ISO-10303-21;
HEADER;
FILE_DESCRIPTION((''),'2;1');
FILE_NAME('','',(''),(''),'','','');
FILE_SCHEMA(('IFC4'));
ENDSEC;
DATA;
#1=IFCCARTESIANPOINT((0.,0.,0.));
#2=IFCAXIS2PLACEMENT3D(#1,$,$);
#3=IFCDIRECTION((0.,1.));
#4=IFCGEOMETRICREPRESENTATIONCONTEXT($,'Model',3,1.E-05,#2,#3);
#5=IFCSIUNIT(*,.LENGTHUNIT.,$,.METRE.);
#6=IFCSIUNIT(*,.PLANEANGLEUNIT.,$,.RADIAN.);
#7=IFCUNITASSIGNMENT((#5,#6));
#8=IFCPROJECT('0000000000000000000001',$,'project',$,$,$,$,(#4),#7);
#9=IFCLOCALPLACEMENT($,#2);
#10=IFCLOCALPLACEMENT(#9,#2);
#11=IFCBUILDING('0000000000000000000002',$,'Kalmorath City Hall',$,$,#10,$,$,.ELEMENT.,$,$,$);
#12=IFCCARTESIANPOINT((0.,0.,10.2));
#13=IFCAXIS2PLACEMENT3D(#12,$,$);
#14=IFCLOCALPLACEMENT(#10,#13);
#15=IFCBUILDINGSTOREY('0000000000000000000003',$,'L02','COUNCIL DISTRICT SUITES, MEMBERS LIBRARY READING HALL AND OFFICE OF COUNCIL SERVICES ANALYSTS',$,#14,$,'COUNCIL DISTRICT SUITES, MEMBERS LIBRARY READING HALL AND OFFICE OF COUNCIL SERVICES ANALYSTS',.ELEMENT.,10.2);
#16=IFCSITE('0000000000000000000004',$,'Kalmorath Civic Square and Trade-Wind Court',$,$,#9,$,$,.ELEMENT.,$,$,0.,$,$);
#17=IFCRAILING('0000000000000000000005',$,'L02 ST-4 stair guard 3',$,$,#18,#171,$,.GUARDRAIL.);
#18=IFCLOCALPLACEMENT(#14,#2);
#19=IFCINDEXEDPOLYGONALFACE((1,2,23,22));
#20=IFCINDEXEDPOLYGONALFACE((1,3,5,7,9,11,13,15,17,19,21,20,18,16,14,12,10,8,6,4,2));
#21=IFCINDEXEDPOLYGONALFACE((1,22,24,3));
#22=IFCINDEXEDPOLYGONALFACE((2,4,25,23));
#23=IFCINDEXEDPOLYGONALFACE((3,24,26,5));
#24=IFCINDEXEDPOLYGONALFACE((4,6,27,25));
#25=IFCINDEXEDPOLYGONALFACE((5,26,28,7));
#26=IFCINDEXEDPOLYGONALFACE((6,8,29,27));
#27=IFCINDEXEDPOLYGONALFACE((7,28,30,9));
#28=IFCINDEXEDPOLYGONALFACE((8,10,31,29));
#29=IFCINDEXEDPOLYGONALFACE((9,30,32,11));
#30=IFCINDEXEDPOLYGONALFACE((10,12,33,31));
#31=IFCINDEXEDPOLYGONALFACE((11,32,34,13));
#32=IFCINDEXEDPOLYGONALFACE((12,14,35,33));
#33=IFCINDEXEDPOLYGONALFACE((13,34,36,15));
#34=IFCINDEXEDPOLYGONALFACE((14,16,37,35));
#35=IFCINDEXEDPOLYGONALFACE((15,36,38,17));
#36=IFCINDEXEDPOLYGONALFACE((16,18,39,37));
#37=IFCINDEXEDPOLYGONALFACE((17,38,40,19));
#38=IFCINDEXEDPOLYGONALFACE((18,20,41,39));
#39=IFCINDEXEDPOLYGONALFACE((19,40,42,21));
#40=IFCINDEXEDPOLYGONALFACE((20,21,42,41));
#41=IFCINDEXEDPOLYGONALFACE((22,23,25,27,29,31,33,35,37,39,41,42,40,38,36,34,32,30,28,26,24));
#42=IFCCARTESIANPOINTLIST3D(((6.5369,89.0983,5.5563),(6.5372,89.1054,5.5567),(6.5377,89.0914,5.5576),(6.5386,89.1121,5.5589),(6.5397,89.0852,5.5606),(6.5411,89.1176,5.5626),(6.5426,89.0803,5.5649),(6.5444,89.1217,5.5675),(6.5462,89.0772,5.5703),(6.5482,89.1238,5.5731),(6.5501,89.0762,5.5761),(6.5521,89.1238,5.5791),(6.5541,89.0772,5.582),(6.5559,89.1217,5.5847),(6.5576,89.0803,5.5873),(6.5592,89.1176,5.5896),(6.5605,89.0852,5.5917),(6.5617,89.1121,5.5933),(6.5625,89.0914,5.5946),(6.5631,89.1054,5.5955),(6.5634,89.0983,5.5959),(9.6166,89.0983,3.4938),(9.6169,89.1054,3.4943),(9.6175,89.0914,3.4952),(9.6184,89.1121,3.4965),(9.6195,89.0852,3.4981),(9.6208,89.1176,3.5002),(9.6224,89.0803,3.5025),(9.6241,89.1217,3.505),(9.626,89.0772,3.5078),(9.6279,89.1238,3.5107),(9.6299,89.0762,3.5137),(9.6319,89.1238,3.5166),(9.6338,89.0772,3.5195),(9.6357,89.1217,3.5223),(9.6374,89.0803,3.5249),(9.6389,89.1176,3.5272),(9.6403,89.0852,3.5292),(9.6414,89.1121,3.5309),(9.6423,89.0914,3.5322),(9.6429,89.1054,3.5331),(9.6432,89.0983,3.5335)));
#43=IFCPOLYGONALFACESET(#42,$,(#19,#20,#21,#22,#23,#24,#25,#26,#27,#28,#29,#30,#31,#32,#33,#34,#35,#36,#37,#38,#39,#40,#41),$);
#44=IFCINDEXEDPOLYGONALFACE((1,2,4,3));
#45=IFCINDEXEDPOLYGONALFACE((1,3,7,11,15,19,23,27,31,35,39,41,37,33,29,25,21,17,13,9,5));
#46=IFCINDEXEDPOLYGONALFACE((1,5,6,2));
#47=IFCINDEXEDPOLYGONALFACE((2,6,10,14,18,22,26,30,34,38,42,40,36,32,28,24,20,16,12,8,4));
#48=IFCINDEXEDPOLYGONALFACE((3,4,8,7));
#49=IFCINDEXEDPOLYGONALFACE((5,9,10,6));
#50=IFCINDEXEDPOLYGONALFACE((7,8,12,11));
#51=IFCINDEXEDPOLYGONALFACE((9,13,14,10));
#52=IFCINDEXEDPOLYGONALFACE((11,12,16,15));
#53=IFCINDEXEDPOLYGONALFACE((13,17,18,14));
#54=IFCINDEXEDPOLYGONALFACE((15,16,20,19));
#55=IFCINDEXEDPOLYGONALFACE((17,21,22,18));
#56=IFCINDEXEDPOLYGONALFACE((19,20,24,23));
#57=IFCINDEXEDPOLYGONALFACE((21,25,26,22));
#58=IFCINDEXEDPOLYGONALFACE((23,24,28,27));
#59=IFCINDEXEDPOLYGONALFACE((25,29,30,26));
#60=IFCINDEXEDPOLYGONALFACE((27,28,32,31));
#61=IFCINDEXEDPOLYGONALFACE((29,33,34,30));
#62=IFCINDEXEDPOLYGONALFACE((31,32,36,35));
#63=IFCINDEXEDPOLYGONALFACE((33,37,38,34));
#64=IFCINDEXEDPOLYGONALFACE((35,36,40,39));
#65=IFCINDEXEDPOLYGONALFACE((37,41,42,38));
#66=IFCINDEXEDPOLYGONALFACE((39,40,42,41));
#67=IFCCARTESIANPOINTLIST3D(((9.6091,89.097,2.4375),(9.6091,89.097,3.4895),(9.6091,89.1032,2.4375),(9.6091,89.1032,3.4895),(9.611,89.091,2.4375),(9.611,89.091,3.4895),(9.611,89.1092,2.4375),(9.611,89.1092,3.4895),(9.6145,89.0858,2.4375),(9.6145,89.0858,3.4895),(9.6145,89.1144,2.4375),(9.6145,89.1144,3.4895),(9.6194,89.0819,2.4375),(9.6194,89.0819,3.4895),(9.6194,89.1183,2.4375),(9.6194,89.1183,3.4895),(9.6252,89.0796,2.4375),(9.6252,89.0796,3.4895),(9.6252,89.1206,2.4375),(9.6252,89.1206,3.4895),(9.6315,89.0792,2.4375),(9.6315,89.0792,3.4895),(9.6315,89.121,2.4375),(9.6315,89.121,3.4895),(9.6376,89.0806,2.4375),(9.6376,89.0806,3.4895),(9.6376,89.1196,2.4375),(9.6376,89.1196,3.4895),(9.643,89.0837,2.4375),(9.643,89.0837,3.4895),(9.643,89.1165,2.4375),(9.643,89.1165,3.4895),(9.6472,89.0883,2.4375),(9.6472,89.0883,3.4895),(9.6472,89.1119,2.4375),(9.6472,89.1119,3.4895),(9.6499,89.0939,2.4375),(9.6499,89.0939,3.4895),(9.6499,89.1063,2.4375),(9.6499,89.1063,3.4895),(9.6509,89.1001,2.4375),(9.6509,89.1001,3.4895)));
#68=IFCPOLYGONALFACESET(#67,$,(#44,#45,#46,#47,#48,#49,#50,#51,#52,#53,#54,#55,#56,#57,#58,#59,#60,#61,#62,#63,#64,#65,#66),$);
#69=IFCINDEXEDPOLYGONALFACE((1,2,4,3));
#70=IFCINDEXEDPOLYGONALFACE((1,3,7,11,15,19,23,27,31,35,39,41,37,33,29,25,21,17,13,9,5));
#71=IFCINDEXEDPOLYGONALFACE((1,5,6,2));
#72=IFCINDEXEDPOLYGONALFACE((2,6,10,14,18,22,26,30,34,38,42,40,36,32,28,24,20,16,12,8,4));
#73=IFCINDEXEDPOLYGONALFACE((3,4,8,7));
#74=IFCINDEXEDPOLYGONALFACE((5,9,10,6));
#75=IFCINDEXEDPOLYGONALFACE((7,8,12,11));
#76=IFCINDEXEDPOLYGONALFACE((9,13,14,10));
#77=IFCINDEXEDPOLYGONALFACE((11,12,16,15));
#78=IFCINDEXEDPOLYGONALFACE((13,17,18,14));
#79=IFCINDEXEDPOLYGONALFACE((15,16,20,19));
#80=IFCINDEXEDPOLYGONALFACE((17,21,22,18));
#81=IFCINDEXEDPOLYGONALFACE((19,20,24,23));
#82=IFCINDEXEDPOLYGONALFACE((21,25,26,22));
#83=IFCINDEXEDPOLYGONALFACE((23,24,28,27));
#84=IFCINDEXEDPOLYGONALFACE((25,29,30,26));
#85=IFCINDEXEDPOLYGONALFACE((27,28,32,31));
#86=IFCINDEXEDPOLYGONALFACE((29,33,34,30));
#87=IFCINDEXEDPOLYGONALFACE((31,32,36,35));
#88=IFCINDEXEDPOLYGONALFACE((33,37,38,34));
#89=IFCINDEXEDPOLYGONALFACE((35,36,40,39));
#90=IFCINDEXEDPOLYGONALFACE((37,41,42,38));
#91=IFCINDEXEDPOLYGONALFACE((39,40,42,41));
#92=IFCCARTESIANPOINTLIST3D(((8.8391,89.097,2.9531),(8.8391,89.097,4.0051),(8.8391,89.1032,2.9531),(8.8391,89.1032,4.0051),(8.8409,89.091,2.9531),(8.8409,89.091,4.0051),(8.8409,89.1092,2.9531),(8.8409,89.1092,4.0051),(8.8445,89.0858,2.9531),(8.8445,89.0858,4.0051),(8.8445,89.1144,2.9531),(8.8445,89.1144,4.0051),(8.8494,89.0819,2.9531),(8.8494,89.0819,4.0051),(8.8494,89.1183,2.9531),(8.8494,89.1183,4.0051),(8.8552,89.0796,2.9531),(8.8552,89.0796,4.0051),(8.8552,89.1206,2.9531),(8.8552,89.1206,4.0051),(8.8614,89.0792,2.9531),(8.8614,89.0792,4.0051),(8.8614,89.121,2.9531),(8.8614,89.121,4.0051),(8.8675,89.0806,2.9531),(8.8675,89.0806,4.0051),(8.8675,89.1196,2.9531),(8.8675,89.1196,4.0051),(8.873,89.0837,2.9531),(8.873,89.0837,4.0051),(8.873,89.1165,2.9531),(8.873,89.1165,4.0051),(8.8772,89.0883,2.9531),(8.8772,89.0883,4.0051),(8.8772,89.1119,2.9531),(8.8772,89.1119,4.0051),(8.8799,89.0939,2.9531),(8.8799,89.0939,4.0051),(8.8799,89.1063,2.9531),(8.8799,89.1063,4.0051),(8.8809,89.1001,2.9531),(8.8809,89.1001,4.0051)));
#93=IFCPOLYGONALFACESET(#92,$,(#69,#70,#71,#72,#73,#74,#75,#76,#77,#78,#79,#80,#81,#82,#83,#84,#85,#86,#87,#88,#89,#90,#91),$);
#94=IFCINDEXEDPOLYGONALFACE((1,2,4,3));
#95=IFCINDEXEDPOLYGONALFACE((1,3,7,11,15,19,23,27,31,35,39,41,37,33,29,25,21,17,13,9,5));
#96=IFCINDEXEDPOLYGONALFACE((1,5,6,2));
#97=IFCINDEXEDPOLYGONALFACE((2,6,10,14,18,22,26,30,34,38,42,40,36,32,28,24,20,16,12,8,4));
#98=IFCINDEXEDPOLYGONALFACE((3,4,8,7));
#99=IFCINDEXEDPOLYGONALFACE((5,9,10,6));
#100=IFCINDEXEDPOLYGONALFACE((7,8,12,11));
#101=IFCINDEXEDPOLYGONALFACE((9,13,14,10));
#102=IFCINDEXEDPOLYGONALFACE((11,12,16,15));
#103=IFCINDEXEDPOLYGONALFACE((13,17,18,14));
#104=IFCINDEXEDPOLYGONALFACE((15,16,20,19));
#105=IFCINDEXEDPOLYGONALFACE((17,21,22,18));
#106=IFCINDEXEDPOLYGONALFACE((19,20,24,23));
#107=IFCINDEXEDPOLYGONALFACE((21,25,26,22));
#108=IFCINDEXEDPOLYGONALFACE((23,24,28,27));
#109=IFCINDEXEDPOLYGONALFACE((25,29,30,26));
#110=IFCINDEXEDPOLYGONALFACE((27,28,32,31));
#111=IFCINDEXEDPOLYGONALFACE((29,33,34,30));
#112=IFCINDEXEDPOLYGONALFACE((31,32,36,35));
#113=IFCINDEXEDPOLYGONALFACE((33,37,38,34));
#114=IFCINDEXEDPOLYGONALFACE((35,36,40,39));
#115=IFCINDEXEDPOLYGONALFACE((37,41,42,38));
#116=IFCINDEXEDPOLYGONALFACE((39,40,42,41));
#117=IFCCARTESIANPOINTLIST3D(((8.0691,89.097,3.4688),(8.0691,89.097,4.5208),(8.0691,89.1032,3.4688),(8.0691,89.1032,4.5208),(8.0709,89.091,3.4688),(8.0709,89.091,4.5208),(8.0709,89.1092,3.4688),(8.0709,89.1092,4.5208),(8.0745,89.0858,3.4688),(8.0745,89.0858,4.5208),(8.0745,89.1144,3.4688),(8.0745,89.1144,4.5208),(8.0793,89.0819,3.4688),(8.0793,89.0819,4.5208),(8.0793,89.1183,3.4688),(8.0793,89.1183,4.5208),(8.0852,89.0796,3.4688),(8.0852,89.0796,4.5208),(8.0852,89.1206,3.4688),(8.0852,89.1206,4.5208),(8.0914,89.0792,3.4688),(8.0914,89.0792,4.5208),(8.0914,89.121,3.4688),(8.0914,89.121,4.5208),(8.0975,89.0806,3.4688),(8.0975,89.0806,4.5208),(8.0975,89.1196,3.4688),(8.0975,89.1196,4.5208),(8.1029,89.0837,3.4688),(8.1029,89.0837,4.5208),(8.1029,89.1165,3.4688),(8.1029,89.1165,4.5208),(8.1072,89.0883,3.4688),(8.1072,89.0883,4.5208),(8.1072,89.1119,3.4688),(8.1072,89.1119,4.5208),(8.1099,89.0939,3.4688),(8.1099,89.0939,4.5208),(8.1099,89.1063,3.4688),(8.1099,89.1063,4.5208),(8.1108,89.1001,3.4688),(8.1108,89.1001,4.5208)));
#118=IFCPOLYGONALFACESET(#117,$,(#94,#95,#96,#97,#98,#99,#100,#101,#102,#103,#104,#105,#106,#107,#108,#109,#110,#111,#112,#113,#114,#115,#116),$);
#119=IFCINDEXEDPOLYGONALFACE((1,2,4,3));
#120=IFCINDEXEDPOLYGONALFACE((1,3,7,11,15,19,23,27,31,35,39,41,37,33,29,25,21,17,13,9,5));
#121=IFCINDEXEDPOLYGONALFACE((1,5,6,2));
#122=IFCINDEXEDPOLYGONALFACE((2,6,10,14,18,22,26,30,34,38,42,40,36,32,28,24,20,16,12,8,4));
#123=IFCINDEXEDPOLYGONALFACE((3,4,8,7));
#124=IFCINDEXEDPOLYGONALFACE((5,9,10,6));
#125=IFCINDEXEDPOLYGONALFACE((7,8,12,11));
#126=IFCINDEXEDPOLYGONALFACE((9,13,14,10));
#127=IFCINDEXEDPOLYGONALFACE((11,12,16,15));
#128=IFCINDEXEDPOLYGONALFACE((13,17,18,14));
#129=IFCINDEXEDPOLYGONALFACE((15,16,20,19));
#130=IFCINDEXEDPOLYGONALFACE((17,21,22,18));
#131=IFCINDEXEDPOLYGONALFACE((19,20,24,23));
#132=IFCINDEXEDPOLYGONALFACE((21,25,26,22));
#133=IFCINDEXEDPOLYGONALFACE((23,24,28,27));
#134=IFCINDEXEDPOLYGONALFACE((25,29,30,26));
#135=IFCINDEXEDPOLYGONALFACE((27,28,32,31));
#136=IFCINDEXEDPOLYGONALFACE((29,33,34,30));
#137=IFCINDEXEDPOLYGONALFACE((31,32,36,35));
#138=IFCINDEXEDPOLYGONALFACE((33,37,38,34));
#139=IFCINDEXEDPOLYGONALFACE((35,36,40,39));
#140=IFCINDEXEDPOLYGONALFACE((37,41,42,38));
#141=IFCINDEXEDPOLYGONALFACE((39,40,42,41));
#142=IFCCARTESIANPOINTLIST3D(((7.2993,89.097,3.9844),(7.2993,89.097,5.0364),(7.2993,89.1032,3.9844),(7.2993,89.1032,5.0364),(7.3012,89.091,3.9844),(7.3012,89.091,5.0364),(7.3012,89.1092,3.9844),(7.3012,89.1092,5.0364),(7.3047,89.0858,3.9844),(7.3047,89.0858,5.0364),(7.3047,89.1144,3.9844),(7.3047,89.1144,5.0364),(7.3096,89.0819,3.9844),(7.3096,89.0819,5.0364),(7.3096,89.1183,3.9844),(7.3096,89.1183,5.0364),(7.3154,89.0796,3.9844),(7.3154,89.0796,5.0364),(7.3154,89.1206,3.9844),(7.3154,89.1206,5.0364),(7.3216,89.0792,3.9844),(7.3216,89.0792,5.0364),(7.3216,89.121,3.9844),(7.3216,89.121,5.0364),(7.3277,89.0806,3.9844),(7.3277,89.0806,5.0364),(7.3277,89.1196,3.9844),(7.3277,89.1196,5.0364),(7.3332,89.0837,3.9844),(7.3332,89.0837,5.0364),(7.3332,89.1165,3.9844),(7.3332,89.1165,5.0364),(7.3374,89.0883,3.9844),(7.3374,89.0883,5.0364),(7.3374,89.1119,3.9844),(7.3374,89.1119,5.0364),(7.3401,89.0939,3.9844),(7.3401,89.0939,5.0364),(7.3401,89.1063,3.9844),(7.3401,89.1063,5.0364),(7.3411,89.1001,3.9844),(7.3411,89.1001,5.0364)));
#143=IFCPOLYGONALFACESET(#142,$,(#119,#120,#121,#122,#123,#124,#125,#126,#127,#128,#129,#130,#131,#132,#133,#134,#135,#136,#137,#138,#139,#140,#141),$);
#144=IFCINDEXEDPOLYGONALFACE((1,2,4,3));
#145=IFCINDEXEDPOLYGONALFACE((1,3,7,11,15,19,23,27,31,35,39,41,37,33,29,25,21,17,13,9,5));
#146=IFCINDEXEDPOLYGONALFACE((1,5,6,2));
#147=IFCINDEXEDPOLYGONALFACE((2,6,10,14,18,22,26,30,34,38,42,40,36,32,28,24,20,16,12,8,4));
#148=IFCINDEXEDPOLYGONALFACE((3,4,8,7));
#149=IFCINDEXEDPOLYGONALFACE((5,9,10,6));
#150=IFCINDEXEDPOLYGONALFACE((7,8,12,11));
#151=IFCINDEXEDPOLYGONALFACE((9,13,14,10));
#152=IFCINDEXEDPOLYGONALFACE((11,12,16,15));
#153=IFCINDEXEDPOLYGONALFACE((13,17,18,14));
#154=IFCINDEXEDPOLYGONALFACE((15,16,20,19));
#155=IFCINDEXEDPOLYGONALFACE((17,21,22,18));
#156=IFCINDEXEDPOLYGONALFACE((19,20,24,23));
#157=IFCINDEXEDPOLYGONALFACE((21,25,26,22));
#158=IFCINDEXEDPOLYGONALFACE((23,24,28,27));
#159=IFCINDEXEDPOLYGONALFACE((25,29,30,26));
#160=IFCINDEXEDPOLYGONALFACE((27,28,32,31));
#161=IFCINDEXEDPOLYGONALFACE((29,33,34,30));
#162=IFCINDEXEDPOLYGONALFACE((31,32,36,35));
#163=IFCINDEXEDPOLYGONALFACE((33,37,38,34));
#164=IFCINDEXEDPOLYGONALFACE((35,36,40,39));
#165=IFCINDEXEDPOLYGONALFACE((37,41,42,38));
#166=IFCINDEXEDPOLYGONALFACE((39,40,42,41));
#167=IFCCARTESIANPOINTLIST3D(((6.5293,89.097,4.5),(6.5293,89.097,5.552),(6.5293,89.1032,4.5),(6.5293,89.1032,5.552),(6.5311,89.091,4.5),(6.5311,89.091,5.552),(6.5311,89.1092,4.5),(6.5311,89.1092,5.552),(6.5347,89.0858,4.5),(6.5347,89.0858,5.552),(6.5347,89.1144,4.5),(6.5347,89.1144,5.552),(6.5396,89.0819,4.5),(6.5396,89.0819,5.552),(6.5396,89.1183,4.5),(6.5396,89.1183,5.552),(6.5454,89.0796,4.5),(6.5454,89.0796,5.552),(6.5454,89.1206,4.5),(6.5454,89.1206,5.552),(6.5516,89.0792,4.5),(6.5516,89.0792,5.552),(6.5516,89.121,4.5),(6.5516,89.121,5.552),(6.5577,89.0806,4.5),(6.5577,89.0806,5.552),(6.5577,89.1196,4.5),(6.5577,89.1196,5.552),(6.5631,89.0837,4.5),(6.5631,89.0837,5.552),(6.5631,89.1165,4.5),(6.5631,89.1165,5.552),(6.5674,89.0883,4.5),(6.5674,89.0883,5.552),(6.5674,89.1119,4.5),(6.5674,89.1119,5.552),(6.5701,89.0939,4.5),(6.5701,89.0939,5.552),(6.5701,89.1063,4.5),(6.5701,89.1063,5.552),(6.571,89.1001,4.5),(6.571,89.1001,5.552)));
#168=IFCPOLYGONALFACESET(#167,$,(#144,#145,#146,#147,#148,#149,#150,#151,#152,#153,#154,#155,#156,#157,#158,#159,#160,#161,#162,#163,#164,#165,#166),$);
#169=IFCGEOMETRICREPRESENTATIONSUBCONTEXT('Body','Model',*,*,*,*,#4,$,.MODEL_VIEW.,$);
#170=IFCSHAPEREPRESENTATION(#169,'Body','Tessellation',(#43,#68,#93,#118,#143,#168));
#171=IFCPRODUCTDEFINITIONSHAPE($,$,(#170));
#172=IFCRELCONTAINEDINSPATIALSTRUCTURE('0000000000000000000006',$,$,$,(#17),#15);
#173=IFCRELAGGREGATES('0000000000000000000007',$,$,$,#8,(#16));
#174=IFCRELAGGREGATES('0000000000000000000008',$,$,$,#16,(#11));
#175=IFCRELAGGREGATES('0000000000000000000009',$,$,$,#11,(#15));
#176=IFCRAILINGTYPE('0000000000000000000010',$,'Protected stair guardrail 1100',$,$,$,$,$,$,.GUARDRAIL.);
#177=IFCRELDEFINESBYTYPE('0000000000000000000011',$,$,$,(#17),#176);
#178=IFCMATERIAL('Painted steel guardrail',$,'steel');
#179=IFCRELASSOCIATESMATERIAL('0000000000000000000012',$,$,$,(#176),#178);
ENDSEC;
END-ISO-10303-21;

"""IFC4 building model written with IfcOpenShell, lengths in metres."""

from ifc_helpers import new_model, si_unit, direction, frame, origin, origin_2d, place, context, subcontext, project, spatial, circle, extrude, material, type_object, element, save


model = new_model("IFC4")

# Units and contexts
model_context = context("Model", 3, precision=1e-05, world=origin(), true_north=direction((0.0, 1.0)))
body_context = subcontext(model_context, "Body", "Model", "MODEL_VIEW")
ifc_project = project(units=[si_unit("LENGTHUNIT", "METRE"), si_unit("PLANEANGLEUNIT", "RADIAN")], contexts=[model_context])

# Site, building, storey
site_placement = place(None, origin())
site = spatial("IfcSite", under=ifc_project, at=site_placement, Name="Kalmorath Civic Square and Trade-Wind Court", CompositionType="ELEMENT", RefElevation=0.0)
building_placement = place(site_placement, origin())
building = spatial("IfcBuilding", under=site, at=building_placement, Name="Kalmorath City Hall", CompositionType="ELEMENT")
storey_placement = place(building_placement, frame((0.0, 0.0, 10.2)))
storey = spatial("IfcBuildingStorey", under=building, at=storey_placement, Name="L02", Description="COUNCIL DISTRICT SUITES, MEMBERS LIBRARY READING HALL AND OFFICE OF COUNCIL SERVICES ANALYSTS", LongName="COUNCIL DISTRICT SUITES, MEMBERS LIBRARY READING HALL AND OFFICE OF COUNCIL SERVICES ANALYSTS", CompositionType="ELEMENT", Elevation=10.2)

# Railing
ifc_material_1 = material(Name="Painted steel guardrail", Category="steel")
railing_type_1 = type_object("IfcRailingType", Name="Protected stair guardrail 1100", PredefinedType="GUARDRAIL", material=ifc_material_1)
railing_1_placement = place(storey_placement, frame((9.6299, 89.1001, 2.4375)))
element("IfcRailing", 1, at=railing_1_placement, inside=storey, type_object=railing_type_1, Name="L02 ST-4 stair guard 3", PredefinedType="GUARDRAIL", context=body_context, shape_type="SweptSolid", body=[
    extrude(circle(Radius=0.0239, at=origin_2d()), frame((0.0, 0.0, 1.0762), z_axis=(-0.830893, 0.0, 0.556432), x_axis=(0.0, -1.0, 0.0)), (0.0, 0.0, 1.0), 3.7065),
    extrude(circle(Radius=0.021, at=origin_2d()), origin(), (0.0, 0.0, 1.0), 1.052),
    extrude(circle(Radius=0.021, at=origin_2d()), frame((-0.77, 0.0, 0.5156)), (0.0, 0.0, 1.0), 1.052),
    extrude(circle(Radius=0.021, at=origin_2d()), frame((-1.54, 0.0, 1.0312)), (0.0, 0.0, 1.0), 1.052),
    extrude(circle(Radius=0.021, at=origin_2d()), frame((-2.3098, 0.0, 1.5469)), (0.0, 0.0, 1.0), 1.052),
    extrude(circle(Radius=0.021, at=origin_2d()), frame((-3.0798, 0.0, 2.0625)), (0.0, 0.0, 1.0), 1.052),
])

save(model, "model.ifc")
